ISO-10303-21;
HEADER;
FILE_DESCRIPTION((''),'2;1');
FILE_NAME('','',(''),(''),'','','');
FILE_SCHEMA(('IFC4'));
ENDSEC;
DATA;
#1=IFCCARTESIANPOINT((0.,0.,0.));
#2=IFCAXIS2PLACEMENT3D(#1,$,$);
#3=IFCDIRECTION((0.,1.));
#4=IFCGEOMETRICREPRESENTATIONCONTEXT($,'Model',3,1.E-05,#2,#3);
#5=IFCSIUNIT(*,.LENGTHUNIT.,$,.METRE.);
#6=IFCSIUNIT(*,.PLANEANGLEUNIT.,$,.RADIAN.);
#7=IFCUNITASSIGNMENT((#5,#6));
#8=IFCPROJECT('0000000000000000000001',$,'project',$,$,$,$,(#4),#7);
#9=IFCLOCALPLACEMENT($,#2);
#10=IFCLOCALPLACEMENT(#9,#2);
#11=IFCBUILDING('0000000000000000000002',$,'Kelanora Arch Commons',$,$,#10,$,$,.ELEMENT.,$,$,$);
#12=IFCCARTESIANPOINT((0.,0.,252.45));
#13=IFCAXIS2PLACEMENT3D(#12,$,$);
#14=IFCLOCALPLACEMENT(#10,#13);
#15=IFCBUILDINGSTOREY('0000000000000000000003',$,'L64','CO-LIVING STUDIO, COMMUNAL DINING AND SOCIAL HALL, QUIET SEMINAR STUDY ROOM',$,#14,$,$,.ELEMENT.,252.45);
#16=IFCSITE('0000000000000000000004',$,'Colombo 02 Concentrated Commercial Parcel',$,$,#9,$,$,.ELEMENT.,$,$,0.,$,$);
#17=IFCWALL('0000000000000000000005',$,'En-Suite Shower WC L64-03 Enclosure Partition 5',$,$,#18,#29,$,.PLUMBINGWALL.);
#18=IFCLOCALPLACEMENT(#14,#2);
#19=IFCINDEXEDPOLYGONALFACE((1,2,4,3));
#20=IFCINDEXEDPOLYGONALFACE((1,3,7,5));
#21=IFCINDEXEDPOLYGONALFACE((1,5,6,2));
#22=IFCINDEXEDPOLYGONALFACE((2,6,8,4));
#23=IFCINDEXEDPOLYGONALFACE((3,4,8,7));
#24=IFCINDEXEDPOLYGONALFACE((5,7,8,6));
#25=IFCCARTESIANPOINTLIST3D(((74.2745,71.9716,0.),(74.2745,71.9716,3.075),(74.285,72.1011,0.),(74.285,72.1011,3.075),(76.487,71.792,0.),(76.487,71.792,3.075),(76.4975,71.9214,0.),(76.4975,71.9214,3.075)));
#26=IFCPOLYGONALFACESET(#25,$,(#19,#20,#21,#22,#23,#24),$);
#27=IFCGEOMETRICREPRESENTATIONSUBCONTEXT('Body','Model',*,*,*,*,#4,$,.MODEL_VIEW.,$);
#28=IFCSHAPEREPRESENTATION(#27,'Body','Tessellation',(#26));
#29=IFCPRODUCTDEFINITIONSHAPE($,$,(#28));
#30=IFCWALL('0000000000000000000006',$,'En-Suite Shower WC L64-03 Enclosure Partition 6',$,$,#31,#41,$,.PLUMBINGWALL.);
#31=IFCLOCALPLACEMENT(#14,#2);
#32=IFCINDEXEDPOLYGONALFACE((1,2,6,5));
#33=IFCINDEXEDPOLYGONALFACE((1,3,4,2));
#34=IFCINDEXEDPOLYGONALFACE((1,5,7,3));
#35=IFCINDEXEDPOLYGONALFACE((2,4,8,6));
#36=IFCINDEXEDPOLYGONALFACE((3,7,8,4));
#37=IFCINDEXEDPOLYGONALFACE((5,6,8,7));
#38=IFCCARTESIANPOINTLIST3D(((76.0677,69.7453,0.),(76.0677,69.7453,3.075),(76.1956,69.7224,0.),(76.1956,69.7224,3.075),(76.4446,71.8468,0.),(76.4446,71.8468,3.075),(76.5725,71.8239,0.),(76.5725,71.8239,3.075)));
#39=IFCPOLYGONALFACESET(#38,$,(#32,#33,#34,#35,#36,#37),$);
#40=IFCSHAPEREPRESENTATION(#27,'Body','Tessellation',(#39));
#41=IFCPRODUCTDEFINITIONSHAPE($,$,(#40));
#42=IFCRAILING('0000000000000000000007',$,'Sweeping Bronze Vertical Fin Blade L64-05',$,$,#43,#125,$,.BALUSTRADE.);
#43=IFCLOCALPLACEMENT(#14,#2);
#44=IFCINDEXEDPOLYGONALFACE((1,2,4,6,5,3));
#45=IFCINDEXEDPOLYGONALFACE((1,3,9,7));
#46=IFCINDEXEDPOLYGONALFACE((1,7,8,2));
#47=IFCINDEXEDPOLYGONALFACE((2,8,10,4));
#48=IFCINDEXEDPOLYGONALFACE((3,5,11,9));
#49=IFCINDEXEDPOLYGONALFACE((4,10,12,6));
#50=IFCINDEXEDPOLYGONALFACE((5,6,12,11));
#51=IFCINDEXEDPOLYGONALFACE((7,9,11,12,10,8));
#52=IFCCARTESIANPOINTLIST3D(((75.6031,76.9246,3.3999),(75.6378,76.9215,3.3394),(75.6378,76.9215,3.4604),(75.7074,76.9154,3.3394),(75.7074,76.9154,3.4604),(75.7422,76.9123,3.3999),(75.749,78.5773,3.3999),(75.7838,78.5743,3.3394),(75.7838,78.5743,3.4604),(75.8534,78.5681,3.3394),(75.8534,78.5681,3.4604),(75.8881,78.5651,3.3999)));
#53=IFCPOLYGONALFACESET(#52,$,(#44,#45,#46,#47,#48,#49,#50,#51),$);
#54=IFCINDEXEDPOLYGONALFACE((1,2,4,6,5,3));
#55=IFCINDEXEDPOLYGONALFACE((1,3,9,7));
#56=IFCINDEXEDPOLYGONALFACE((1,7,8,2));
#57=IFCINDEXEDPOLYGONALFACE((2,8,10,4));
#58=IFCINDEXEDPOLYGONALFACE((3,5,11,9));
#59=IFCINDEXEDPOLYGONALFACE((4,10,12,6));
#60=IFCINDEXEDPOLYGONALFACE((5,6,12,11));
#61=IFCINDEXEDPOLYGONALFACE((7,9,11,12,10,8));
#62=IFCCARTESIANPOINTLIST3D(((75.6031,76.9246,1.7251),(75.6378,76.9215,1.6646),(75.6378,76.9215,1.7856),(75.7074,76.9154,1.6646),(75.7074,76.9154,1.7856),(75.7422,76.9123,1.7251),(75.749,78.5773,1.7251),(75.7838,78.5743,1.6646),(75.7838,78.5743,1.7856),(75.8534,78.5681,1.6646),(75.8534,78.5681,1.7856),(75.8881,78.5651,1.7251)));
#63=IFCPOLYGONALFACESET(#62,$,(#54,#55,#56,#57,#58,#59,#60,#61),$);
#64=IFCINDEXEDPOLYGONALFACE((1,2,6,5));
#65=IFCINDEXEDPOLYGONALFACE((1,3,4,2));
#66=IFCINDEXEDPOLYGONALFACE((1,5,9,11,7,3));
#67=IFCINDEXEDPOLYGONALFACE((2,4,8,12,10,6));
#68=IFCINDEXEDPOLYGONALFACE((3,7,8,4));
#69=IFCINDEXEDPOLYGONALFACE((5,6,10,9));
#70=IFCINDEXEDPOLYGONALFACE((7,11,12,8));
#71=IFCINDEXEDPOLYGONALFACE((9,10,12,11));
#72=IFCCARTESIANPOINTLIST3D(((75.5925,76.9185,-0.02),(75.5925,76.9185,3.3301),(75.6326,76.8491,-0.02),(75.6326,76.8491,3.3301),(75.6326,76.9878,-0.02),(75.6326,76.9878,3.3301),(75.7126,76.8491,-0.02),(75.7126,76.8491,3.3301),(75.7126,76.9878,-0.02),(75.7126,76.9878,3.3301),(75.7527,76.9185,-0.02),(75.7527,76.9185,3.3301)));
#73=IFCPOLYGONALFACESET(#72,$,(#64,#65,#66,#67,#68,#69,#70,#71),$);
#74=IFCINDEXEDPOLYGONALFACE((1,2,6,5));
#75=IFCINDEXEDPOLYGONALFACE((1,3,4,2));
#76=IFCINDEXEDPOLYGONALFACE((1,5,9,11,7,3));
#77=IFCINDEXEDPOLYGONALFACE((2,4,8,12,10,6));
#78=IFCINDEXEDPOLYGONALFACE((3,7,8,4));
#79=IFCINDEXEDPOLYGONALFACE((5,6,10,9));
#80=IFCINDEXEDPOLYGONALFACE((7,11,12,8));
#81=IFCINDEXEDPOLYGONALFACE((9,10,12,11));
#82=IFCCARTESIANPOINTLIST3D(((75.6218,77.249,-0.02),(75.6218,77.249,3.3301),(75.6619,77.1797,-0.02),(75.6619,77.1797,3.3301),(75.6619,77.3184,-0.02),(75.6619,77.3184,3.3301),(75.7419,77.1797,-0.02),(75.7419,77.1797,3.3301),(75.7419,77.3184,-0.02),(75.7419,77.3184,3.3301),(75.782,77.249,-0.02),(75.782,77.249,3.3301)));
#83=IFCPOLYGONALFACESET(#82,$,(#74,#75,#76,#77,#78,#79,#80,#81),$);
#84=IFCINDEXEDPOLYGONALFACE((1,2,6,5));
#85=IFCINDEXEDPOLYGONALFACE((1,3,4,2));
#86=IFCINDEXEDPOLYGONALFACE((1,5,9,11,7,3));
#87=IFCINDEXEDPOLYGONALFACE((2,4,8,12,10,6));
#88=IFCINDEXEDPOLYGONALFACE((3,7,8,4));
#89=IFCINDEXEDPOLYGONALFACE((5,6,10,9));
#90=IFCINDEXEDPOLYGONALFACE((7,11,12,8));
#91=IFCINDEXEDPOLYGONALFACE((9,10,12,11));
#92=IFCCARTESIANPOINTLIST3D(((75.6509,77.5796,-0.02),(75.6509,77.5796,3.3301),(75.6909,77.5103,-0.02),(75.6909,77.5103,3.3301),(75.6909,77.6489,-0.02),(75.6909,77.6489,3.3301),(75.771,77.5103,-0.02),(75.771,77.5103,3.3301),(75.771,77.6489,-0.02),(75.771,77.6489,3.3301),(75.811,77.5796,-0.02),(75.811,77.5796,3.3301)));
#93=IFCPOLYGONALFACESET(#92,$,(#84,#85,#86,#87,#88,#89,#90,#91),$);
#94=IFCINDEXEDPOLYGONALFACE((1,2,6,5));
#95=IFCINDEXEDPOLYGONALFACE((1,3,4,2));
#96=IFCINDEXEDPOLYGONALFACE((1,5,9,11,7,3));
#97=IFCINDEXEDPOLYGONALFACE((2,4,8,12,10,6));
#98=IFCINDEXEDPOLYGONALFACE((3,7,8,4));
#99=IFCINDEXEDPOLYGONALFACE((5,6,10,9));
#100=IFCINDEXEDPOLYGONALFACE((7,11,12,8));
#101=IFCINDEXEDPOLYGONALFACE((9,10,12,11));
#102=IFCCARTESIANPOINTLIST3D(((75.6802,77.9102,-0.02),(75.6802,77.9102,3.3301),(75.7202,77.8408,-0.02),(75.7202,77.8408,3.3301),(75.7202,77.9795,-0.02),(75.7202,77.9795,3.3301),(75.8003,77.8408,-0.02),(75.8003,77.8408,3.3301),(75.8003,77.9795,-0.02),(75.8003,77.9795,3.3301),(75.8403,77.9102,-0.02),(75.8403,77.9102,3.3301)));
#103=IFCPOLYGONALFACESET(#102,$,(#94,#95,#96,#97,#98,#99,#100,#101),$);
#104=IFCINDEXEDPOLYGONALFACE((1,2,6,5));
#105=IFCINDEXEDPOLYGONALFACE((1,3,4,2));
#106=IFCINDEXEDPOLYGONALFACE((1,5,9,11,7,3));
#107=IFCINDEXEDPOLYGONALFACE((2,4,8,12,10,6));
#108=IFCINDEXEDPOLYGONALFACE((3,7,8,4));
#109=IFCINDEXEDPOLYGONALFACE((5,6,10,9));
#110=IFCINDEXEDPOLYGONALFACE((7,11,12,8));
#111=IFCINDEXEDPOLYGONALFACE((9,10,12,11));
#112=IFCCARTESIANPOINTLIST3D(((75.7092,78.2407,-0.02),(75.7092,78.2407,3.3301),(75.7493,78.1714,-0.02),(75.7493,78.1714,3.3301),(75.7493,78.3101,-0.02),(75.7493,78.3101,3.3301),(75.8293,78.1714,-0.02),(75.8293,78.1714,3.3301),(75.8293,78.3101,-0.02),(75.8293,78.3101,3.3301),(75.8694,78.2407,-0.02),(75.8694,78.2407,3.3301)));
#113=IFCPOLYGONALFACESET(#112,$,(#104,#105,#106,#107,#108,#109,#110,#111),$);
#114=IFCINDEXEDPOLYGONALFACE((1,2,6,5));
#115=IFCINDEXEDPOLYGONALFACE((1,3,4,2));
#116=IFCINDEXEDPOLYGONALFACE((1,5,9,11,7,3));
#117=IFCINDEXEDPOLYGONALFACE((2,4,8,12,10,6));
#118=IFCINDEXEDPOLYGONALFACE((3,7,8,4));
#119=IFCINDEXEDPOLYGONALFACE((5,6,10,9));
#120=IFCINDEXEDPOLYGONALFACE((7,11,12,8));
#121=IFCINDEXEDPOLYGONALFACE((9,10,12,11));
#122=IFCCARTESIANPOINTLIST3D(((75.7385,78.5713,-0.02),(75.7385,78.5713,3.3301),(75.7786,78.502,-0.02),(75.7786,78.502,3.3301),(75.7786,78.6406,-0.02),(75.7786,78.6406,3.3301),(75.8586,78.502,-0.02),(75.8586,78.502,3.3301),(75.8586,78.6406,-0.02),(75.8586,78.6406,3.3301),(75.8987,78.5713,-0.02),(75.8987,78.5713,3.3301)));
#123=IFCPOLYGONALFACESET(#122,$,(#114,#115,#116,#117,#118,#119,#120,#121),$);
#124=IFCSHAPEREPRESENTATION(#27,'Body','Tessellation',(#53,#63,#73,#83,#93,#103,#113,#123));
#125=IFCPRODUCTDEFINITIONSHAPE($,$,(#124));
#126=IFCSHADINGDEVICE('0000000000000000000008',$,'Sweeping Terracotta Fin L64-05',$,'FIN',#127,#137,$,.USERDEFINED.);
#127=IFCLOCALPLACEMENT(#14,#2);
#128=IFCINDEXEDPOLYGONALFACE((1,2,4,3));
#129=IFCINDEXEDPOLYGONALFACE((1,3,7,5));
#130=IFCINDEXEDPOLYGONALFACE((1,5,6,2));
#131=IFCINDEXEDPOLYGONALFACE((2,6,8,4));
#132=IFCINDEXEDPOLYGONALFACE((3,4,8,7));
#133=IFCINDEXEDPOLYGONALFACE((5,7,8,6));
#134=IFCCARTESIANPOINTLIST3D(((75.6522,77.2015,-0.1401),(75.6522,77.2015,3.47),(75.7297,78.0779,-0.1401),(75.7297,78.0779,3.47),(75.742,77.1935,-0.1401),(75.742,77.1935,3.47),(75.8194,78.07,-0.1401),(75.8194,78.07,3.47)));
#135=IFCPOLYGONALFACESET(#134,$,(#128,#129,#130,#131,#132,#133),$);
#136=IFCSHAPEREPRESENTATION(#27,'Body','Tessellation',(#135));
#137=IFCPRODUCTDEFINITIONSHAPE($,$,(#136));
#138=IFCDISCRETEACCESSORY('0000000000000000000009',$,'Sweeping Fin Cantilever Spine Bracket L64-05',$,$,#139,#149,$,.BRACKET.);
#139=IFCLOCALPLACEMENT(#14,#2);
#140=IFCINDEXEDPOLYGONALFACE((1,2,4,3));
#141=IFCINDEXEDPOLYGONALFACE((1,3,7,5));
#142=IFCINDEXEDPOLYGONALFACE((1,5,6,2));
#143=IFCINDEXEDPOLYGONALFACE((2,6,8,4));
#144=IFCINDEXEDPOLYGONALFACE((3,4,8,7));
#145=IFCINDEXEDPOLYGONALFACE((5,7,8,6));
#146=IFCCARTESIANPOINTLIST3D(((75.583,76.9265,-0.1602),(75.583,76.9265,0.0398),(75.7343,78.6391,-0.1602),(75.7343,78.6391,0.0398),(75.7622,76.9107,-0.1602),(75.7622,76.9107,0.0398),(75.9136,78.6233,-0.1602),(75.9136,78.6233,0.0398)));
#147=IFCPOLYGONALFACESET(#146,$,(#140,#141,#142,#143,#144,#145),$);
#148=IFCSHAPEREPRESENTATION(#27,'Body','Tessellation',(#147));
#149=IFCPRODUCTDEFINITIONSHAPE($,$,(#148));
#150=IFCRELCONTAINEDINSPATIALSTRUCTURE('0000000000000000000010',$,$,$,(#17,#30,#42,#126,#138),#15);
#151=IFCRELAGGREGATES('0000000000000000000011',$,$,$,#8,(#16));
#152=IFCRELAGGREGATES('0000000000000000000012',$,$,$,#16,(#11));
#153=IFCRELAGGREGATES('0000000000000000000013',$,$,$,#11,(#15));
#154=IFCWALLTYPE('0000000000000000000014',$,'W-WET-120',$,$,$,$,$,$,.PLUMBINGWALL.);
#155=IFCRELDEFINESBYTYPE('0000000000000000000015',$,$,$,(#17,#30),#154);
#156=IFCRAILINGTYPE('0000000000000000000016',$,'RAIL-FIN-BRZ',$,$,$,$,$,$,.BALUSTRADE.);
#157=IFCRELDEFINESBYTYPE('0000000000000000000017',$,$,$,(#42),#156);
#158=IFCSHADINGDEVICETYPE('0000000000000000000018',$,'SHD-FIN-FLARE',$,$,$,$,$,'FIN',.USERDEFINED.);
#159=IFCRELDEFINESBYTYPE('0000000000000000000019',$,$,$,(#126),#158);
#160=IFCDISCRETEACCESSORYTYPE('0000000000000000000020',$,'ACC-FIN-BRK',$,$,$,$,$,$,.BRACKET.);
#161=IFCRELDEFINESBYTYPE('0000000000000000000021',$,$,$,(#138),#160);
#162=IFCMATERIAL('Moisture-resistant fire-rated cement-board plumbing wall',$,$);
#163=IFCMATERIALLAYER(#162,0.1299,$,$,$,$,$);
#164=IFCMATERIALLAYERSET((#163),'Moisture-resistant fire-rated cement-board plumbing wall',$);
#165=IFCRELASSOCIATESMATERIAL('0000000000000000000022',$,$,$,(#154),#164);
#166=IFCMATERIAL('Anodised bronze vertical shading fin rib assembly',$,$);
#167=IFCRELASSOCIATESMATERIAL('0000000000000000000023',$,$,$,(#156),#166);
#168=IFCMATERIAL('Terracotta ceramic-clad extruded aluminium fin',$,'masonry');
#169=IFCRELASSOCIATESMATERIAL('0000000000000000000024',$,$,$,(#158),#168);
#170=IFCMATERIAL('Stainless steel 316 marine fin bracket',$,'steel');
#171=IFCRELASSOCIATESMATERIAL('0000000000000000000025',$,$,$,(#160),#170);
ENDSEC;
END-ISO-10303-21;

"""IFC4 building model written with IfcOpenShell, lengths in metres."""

from ifc_helpers import new_model, si_unit, direction, frame, frame_2d, origin, origin_2d, place, context, subcontext, project, spatial, polyline, rectangle, outline, extrude, source, transform, mapped, material, layer, layer_set, type_object, element, save


model = new_model("IFC4")

# Units and contexts
model_context = context("Model", 3, precision=1e-05, world=origin(), true_north=direction((0.0, 1.0)))
body_context = subcontext(model_context, "Body", "Model", "MODEL_VIEW")
ifc_project = project(units=[si_unit("LENGTHUNIT", "METRE"), si_unit("PLANEANGLEUNIT", "RADIAN")], contexts=[model_context])

# Site, building, storey
site_placement = place(None, origin())
site = spatial("IfcSite", under=ifc_project, at=site_placement, Name="Colombo 02 Concentrated Commercial Parcel", CompositionType="ELEMENT", RefElevation=0.0)
building_placement = place(site_placement, origin())
building = spatial("IfcBuilding", under=site, at=building_placement, Name="Kelanora Arch Commons", CompositionType="ELEMENT")
storey_placement = place(building_placement, frame((0.0, 0.0, 252.45)))
storey = spatial("IfcBuildingStorey", under=building, at=storey_placement, Name="L64", Description="CO-LIVING STUDIO, COMMUNAL DINING AND SOCIAL HALL, QUIET SEMINAR STUDY ROOM", CompositionType="ELEMENT", Elevation=252.45)

# Walls
ifc_material_1 = material(Name="Moisture-resistant fire-rated cement-board plumbing wall")
ifc_layer_1 = layer(ifc_material_1, 0.1299)
ifc_layer_set_1 = layer_set([ifc_layer_1], Name="Moisture-resistant fire-rated cement-board plumbing wall")
wall_type_1 = type_object("IfcWallType", Name="W-WET-120", PredefinedType="PLUMBINGWALL", material=ifc_layer_set_1)
wall_1_placement = place(storey_placement, frame((74.2798, 72.0364, 0.0), z_axis=(0.0, 0.0, 1.0), x_axis=(0.996718, -0.080952, 0.0)))
element("IfcWall", 1, at=wall_1_placement, inside=storey, type_object=wall_type_1, Name="En-Suite Shower WC L64-03 Enclosure Partition 5", PredefinedType="PLUMBINGWALL", context=body_context, shape_type="SweptSolid", body=[
    extrude(rectangle(XDim=2.2197, YDim=0.1299, at=frame_2d((1.1099, 0.0))), origin(), (0.0, 0.0, 1.0), 3.075),
])
wall_2_placement = place(storey_placement, frame((76.5085, 71.8352, 0.0), z_axis=(0.0, 0.0, 1.0), x_axis=(-0.17655, -0.984292, 0.0)))
element("IfcWall", 2, at=wall_2_placement, inside=storey, type_object=wall_type_1, Name="En-Suite Shower WC L64-03 Enclosure Partition 6", PredefinedType="PLUMBINGWALL", context=body_context, shape_type="SweptSolid", body=[
    extrude(rectangle(XDim=2.135, YDim=0.1299, at=frame_2d((1.0674, 0.0))), origin(), (0.0, 0.0, 1.0), 3.075),
])

# Railing
ifc_material_2 = material(Name="Anodised bronze vertical shading fin rib assembly")
railing_type = type_object("IfcRailingType", Name="RAIL-FIN-BRZ", PredefinedType="BALUSTRADE", material=ifc_material_2)
railing_placement = place(storey_placement, frame((75.6726, 76.9185, -0.02)))
element("IfcRailing", 3, at=railing_placement, inside=storey, type_object=railing_type, Name="Sweeping Bronze Vertical Fin Blade L64-05", PredefinedType="BALUSTRADE", context=body_context, shape_type="SweptSolid", body=[
    extrude(outline(polyline([(0.0698, 0.0), (0.0349, 0.0605), (-0.0349, 0.0605), (-0.0698, 0.0), (-0.0349, -0.0605), (0.0349, -0.0605), (0.0698, 0.0)])), frame((0.0, 0.0, 3.4199), z_axis=(0.087988, 0.996122, 0.0), x_axis=(-0.996122, 0.087988, 0.0)), (0.0, 0.0, 1.0), 1.6592),
    extrude(outline(polyline([(0.0698, 0.0), (0.0349, 0.0605), (-0.0349, 0.0605), (-0.0698, 0.0), (-0.0349, -0.0605), (0.0349, -0.0605), (0.0698, 0.0)])), frame((0.0, 0.0, 1.7451), z_axis=(0.087988, 0.996122, 0.0), x_axis=(-0.996122, 0.087988, 0.0)), (0.0, 0.0, 1.0), 1.6592),
    extrude(outline(polyline([(0.0801, 0.0), (0.04, 0.0693), (-0.04, 0.0693), (-0.0801, 0.0), (-0.04, -0.0693), (0.04, -0.0693), (0.0801, 0.0)])), origin(), (0.0, 0.0, 1.0), 3.3501),
    extrude(outline(polyline([(0.0801, 0.0), (0.04, 0.0693), (-0.04, 0.0693), (-0.0801, 0.0), (-0.04, -0.0693), (0.04, -0.0693), (0.0801, 0.0)])), frame((0.0293, 0.3306, 0.0)), (0.0, 0.0, 1.0), 3.3501),
    extrude(outline(polyline([(0.0801, 0.0), (0.04, 0.0693), (-0.04, 0.0693), (-0.0801, 0.0), (-0.04, -0.0693), (0.04, -0.0693), (0.0801, 0.0)])), frame((0.0583, 0.6611, 0.0)), (0.0, 0.0, 1.0), 3.3501),
    extrude(outline(polyline([(0.0801, 0.0), (0.04, 0.0693), (-0.04, 0.0693), (-0.0801, 0.0), (-0.04, -0.0693), (0.04, -0.0693), (0.0801, 0.0)])), frame((0.0876, 0.9917, 0.0)), (0.0, 0.0, 1.0), 3.3501),
    extrude(outline(polyline([(0.0801, 0.0), (0.04, 0.0693), (-0.04, 0.0693), (-0.0801, 0.0), (-0.04, -0.0693), (0.04, -0.0693), (0.0801, 0.0)])), frame((0.1167, 1.3223, 0.0)), (0.0, 0.0, 1.0), 3.3501),
    extrude(outline(polyline([(0.0801, 0.0), (0.04, 0.0693), (-0.04, 0.0693), (-0.0801, 0.0), (-0.04, -0.0693), (0.04, -0.0693), (0.0801, 0.0)])), frame((0.146, 1.6528, 0.0)), (0.0, 0.0, 1.0), 3.3501),
])

# Shading device
ifc_material_3 = material(Name="Terracotta ceramic-clad extruded aluminium fin", Category="masonry")
shading_device_type = type_object("IfcShadingDeviceType", Name="SHD-FIN-FLARE", ElementType="FIN", PredefinedType="USERDEFINED", material=ifc_material_3)
shared_shape_1 = source(origin(), body_context, "Body", "SweptSolid", [
    extrude(rectangle(XDim=0.8799, YDim=0.0901, at=origin_2d()), origin(), (0.0, 0.0, 1.0), 3.6101),
])
shading_device_placement = place(storey_placement, frame((75.7358, 77.6357, -0.1401), z_axis=(0.0, 0.0, 1.0), x_axis=(0.088025, 0.996118, 0.0)))
element("IfcShadingDevice", 4, at=shading_device_placement, inside=storey, type_object=shading_device_type, Name="Sweeping Terracotta Fin L64-05", ObjectType="FIN", PredefinedType="USERDEFINED", context=body_context, shape_type="MappedRepresentation", body=[
    mapped(shared_shape_1, transform((0.0, 0.0, 0.0), scale=1.0)),
])

# Discrete accessory
ifc_material_4 = material(Name="Stainless steel 316 marine fin bracket", Category="steel")
discrete_accessory_type = type_object("IfcDiscreteAccessoryType", Name="ACC-FIN-BRK", PredefinedType="BRACKET", material=ifc_material_4)
shared_shape_2 = source(origin(), body_context, "Body", "SweptSolid", [
    extrude(rectangle(XDim=1.7192, YDim=0.1799, at=origin_2d()), origin(), (0.0, 0.0, 1.0), 0.2),
])
discrete_accessory_placement = place(storey_placement, frame((75.7483, 77.7749, -0.1602), z_axis=(0.0, 0.0, 1.0), x_axis=(0.088025, 0.996118, 0.0)))
element("IfcDiscreteAccessory", 5, at=discrete_accessory_placement, inside=storey, type_object=discrete_accessory_type, Name="Sweeping Fin Cantilever Spine Bracket L64-05", PredefinedType="BRACKET", context=body_context, shape_type="MappedRepresentation", body=[
    mapped(shared_shape_2, transform((0.0, 0.0, 0.0), scale=1.0)),
])

save(model, "model.ifc")
